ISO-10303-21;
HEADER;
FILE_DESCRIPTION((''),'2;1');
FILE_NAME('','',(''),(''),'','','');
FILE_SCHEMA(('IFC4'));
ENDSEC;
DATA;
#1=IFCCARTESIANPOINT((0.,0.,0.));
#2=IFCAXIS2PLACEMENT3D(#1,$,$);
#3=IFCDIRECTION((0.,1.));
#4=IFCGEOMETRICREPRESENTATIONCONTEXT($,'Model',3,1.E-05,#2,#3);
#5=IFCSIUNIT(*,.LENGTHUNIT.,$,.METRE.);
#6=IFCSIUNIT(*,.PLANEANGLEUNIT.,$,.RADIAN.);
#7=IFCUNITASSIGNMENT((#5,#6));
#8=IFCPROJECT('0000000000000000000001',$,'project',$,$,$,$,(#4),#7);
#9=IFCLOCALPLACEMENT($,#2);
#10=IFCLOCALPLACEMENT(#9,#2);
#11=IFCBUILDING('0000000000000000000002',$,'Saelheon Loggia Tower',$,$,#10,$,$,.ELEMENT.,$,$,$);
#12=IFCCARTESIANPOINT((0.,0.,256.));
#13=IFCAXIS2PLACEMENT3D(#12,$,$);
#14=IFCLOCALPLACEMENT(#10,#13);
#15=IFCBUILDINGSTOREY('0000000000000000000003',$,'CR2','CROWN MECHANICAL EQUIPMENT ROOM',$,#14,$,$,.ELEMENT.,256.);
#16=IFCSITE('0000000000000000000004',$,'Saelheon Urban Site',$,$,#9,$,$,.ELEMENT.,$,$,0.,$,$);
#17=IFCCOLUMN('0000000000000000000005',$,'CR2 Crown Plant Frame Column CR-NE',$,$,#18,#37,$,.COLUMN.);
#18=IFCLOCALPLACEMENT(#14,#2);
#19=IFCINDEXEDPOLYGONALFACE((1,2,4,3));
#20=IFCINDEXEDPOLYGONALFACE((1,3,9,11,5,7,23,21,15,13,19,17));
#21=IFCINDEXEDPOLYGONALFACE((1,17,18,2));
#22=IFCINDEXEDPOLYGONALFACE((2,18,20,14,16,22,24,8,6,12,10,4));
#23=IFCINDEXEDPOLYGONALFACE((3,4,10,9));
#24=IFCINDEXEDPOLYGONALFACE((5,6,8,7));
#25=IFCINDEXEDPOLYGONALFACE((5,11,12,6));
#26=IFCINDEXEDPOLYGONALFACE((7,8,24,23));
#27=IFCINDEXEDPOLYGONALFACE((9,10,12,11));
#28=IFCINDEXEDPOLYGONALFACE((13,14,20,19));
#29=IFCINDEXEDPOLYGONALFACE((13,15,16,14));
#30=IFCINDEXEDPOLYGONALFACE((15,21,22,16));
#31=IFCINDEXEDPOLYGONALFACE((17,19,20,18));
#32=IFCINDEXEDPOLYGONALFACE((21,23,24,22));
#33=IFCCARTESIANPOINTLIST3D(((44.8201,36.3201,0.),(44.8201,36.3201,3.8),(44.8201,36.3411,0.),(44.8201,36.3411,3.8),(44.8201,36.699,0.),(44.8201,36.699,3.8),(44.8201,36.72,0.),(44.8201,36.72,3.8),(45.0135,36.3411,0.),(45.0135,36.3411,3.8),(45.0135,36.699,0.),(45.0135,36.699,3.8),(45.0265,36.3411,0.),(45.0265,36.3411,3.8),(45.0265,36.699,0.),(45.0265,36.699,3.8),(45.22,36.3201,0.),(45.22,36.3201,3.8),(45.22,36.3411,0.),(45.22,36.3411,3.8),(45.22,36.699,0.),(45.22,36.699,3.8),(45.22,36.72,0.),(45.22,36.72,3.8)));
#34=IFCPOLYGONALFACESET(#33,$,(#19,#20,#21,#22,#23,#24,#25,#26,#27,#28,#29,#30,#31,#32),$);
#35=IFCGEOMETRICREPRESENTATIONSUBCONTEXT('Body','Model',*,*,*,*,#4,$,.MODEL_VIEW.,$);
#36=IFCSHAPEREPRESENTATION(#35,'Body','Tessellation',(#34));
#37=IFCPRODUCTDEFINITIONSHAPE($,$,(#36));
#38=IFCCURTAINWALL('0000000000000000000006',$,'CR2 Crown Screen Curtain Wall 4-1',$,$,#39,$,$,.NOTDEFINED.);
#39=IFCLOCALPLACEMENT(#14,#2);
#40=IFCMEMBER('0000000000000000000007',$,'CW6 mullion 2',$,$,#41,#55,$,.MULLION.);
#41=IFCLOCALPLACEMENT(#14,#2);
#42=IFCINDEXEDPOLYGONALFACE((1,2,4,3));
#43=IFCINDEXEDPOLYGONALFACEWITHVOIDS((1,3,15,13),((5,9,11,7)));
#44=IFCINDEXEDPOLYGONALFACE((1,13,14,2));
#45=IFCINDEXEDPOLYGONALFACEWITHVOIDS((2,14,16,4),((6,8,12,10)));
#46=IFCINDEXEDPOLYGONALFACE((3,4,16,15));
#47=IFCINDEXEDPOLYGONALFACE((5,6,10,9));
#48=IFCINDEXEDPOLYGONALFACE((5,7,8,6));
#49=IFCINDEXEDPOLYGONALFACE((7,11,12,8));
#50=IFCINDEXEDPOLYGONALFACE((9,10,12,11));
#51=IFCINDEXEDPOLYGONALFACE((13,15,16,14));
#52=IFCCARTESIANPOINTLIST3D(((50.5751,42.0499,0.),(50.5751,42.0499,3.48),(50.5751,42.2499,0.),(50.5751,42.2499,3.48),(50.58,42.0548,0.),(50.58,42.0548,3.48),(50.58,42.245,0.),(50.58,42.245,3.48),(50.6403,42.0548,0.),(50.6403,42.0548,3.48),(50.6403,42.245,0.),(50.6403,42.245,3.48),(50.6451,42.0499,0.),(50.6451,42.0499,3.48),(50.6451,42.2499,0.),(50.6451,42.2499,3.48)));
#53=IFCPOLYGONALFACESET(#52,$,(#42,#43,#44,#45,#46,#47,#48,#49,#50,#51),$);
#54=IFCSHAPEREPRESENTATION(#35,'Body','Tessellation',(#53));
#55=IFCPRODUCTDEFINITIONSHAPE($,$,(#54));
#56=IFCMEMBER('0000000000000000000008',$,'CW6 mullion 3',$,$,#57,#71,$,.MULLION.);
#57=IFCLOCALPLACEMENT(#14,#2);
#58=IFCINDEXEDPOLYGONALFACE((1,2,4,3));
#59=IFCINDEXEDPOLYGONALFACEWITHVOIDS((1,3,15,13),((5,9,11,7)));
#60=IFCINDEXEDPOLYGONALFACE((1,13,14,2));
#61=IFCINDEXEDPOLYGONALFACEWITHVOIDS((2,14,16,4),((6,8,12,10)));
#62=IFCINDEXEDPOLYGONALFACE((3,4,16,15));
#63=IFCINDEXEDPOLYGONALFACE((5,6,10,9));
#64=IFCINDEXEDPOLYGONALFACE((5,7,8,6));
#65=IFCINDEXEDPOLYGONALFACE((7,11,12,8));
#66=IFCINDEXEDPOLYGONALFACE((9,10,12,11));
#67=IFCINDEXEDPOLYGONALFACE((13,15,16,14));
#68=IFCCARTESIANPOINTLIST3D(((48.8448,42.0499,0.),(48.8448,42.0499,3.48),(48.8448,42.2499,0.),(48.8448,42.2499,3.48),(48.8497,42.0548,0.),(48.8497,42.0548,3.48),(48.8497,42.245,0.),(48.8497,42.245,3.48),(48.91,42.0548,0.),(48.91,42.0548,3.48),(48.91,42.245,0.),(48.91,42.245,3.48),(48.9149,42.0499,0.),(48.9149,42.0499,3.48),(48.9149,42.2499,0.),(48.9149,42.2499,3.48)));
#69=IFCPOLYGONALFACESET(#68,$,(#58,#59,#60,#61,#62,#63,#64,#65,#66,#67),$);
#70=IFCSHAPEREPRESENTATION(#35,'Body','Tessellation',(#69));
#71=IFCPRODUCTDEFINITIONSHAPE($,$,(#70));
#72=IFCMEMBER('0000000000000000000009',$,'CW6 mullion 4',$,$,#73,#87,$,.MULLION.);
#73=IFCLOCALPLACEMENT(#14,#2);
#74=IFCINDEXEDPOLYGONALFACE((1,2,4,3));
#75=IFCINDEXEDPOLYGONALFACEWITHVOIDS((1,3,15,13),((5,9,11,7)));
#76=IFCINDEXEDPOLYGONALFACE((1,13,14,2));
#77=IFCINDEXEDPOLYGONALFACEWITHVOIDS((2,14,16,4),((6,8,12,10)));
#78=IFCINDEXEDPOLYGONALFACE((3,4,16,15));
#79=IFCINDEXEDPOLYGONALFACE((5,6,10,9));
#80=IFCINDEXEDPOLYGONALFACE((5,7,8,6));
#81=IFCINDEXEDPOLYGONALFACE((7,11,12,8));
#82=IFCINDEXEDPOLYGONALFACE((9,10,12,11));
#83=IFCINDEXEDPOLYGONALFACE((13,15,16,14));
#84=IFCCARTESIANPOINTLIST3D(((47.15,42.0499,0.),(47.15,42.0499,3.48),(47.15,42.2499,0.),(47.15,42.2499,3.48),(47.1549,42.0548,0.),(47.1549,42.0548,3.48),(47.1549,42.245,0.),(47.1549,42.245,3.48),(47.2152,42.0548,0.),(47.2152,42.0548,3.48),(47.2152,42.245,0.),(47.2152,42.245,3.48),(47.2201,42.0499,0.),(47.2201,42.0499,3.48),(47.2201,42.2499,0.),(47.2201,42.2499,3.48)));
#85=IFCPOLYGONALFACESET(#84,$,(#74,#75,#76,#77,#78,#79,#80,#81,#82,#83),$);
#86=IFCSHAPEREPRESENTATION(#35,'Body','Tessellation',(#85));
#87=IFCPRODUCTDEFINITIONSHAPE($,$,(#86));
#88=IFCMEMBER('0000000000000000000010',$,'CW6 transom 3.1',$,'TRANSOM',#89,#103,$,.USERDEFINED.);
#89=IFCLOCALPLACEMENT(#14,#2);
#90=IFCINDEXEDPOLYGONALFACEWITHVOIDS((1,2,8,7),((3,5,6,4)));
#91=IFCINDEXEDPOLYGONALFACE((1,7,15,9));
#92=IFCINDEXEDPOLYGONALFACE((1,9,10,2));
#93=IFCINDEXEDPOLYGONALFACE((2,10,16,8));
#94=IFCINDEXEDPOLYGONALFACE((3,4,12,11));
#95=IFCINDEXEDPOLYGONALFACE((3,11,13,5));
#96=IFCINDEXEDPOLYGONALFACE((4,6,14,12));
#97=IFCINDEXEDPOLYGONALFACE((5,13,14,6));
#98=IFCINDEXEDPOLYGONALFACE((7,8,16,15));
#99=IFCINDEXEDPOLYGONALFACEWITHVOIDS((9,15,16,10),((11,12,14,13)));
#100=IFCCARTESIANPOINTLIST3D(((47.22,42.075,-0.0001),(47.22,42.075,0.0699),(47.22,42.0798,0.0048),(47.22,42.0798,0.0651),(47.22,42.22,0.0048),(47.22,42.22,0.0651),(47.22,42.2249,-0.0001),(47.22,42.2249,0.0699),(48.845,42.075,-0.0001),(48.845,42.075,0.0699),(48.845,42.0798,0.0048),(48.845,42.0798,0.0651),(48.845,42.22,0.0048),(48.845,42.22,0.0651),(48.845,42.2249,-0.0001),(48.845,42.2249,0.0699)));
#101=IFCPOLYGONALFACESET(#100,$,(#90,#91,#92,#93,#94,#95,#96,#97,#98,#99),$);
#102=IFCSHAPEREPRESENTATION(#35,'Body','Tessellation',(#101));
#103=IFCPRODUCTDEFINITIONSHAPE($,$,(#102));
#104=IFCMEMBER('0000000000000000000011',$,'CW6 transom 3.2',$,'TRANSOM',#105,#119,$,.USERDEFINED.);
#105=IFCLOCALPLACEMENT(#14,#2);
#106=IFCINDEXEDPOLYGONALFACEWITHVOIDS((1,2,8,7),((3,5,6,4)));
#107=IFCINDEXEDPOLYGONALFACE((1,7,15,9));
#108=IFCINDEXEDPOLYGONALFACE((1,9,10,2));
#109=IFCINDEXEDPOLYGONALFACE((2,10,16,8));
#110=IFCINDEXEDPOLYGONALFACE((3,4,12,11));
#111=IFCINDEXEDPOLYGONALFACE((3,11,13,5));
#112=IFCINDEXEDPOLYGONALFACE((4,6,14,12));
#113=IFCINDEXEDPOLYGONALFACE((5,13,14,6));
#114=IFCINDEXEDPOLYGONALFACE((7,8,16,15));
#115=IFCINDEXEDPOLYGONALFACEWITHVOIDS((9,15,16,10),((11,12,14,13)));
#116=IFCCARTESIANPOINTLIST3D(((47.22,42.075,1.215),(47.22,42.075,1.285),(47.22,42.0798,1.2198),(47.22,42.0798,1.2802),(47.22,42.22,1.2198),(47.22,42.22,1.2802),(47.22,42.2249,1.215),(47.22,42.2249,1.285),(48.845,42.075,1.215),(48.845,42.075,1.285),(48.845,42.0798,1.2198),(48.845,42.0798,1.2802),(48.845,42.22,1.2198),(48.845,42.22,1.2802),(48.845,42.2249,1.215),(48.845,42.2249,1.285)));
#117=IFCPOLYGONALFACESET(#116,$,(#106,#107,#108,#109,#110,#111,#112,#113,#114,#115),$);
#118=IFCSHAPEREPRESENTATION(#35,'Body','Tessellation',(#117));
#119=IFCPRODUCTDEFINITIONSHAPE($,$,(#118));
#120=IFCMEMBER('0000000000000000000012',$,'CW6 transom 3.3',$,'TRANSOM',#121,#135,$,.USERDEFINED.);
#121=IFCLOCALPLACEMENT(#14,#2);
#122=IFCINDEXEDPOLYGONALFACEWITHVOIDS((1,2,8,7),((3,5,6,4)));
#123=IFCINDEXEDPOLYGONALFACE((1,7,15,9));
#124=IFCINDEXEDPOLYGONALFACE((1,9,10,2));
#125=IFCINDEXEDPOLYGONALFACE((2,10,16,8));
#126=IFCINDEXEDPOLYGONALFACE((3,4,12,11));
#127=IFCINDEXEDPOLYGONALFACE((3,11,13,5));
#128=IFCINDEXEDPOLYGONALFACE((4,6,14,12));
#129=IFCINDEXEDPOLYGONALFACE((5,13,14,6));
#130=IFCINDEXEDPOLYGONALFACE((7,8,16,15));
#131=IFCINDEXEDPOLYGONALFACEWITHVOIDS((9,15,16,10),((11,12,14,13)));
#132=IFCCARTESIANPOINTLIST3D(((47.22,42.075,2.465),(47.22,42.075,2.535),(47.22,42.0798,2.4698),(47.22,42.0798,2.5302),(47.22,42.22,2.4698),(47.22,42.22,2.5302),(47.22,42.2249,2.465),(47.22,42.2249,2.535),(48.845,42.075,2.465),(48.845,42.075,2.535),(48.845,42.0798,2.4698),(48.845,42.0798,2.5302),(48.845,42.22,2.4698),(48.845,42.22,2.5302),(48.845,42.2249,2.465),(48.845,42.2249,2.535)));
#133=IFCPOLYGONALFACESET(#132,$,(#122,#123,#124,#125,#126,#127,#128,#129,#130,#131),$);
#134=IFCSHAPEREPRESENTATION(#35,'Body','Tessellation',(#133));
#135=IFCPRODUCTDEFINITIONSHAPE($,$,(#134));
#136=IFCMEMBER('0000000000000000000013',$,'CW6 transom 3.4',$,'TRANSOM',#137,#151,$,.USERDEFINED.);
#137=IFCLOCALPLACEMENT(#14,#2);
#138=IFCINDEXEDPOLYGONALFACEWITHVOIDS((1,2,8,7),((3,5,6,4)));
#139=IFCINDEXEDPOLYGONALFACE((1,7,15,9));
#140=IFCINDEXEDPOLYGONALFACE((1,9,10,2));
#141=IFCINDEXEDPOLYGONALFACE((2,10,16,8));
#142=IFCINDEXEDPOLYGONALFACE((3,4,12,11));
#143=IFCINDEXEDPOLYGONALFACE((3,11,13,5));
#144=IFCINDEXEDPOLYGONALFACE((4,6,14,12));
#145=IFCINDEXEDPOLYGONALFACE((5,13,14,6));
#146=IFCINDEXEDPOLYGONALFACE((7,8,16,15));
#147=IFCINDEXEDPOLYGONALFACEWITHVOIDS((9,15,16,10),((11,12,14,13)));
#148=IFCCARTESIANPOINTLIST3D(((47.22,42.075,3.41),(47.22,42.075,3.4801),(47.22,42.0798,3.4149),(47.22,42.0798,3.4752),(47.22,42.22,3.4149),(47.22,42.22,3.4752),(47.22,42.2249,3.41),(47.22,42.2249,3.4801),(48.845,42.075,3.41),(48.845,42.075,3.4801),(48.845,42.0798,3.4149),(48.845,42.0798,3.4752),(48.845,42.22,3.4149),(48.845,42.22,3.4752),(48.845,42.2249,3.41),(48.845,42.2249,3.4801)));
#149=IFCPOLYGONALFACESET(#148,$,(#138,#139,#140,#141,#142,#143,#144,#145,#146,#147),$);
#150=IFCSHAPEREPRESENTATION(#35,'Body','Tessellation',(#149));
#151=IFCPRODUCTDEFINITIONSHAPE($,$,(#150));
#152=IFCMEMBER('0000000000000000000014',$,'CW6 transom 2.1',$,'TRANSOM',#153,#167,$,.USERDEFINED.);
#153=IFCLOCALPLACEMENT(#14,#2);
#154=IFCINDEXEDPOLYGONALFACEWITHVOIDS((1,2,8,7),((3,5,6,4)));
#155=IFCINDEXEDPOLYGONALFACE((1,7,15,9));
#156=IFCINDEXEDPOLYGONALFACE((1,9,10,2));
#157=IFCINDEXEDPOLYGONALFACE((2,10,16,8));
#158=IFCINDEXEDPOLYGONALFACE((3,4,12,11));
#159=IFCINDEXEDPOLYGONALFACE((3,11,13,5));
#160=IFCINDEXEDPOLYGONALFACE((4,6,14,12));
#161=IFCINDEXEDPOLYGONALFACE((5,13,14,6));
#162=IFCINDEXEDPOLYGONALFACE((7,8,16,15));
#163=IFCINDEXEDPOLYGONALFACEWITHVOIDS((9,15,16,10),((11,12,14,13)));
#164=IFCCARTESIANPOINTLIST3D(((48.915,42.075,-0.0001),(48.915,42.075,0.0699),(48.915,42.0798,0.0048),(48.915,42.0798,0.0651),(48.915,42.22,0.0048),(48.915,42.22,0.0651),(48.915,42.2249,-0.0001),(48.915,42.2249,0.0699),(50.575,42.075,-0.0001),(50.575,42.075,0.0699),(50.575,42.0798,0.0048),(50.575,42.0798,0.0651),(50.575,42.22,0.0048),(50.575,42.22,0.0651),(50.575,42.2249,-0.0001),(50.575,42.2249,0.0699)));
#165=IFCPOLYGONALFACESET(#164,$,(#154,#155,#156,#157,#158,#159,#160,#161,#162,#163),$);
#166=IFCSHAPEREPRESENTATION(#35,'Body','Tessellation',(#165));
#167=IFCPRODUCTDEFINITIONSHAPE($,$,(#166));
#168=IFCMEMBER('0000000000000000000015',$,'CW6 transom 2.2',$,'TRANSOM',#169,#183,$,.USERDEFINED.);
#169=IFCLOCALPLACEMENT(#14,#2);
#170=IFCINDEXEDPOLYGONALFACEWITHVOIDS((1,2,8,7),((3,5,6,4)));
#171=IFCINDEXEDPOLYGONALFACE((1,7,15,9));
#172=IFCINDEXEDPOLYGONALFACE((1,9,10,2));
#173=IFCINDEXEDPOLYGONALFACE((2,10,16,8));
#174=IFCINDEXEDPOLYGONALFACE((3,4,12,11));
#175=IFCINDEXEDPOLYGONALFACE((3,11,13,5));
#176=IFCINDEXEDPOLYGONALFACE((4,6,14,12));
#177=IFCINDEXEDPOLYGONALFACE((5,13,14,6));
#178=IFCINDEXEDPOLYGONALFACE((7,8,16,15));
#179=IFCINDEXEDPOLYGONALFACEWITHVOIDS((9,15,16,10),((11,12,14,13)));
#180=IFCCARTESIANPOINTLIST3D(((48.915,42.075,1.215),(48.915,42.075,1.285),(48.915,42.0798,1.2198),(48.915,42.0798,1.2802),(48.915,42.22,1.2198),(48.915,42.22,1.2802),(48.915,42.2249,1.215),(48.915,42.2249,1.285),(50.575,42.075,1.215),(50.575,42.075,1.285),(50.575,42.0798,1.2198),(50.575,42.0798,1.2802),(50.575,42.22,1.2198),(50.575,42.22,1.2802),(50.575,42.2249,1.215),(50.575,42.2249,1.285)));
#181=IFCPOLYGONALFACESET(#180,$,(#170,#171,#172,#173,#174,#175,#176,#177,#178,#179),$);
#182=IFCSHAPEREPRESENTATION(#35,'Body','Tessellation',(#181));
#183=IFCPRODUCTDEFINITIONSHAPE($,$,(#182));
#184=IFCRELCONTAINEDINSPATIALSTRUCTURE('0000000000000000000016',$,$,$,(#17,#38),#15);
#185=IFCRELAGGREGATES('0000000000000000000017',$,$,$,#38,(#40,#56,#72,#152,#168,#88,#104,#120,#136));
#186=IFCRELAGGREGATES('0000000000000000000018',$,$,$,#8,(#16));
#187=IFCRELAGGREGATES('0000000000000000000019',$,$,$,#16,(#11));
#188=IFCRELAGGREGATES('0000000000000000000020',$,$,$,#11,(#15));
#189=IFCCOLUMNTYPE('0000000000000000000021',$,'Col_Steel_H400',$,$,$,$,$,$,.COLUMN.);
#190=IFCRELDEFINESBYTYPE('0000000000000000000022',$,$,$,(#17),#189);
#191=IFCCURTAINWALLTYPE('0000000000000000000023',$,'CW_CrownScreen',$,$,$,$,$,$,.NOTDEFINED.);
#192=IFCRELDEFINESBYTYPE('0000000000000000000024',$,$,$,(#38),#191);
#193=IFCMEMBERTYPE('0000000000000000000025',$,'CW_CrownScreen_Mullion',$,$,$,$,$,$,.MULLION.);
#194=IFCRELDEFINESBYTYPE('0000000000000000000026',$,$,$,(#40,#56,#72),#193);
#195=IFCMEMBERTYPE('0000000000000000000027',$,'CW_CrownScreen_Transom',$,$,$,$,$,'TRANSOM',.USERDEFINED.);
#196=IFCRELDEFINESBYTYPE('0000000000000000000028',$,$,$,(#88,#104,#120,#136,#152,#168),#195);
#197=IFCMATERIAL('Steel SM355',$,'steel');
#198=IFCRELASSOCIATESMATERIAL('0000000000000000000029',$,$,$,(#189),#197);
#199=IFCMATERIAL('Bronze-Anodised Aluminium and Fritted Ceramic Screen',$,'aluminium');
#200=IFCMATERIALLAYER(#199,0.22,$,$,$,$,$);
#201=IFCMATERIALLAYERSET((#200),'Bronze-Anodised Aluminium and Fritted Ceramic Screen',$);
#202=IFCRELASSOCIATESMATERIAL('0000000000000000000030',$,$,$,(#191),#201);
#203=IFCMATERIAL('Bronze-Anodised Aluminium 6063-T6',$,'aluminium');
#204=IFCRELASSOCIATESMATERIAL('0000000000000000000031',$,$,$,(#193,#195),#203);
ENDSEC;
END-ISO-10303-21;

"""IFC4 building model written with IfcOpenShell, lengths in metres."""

from ifc_helpers import new_model, si_unit, direction, frame, origin, origin_2d, place, context, subcontext, project, spatial, hollow_rectangle, i_section, extrude, source, transform, mapped, material, layer, layer_set, material_profile, profile_set, type_object, element, aggregate, save


model = new_model("IFC4")

# Units and contexts
model_context = context("Model", 3, precision=1e-05, world=origin(), true_north=direction((0.0, 1.0)))
body_context = subcontext(model_context, "Body", "Model", "MODEL_VIEW")
ifc_project = project(units=[si_unit("LENGTHUNIT", "METRE"), si_unit("PLANEANGLEUNIT", "RADIAN")], contexts=[model_context])

# Site, building, storey
site_placement = place(None, origin())
site = spatial("IfcSite", under=ifc_project, at=site_placement, Name="Saelheon Urban Site", CompositionType="ELEMENT", RefElevation=0.0)
building_placement = place(site_placement, origin())
building = spatial("IfcBuilding", under=site, at=building_placement, Name="Saelheon Loggia Tower", CompositionType="ELEMENT")
storey_placement = place(building_placement, frame((0.0, 0.0, 256.0)))
storey = spatial("IfcBuildingStorey", under=building, at=storey_placement, Name="CR2", Description="CROWN MECHANICAL EQUIPMENT ROOM", CompositionType="ELEMENT", Elevation=256.0)

# Column
ifc_material_1 = material(Name="Steel SM355", Category="steel")
ifc_material_profile_1 = material_profile(ifc_material_1, i_section(OverallWidth=0.3999, OverallDepth=0.3999, WebThickness=0.0129, FlangeThickness=0.021, at=origin_2d()), Name="H-400x400x13x21")
ifc_profile_set_1 = profile_set([ifc_material_profile_1], Name="Steel SM355")
column_type = type_object("IfcColumnType", Name="Col_Steel_H400", PredefinedType="COLUMN", material=ifc_profile_set_1)
shared_shape_1 = source(origin(), body_context, "Body", "SweptSolid", [
    extrude(i_section(OverallWidth=0.3999, OverallDepth=0.3999, WebThickness=0.0129, FlangeThickness=0.021, at=origin_2d()), origin(), (0.0, 0.0, 1.0), 3.8),
])
column_placement = place(storey_placement, frame((45.02, 36.52, 0.0), z_axis=(0.0, 0.0, 1.0), x_axis=(1.0, 0.0, 0.0)))
element("IfcColumn", 1, at=column_placement, inside=storey, type_object=column_type, Name="CR2 Crown Plant Frame Column CR-NE", PredefinedType="COLUMN", context=body_context, shape_type="MappedRepresentation", body=[
    mapped(shared_shape_1, transform((0.0, 0.0, 0.0), scale=1.0)),
])

# Curtain wall, members
ifc_material_2 = material(Name="Bronze-Anodised Aluminium and Fritted Ceramic Screen", Category="aluminium")
ifc_layer_1 = layer(ifc_material_2, 0.22)
ifc_layer_set_1 = layer_set([ifc_layer_1], Name="Bronze-Anodised Aluminium and Fritted Ceramic Screen")
curtain_wall_type = type_object("IfcCurtainWallType", Name="CW_CrownScreen", PredefinedType="NOTDEFINED", material=ifc_layer_set_1)
curtain_wall_placement = place(storey_placement, origin())
curtain_wall = element("IfcCurtainWall", 2, at=curtain_wall_placement, inside=storey, type_object=curtain_wall_type, Name="CR2 Crown Screen Curtain Wall 4-1", PredefinedType="NOTDEFINED")
ifc_material_3 = material(Name="Bronze-Anodised Aluminium 6063-T6", Category="aluminium")
ifc_material_profile_2 = material_profile(ifc_material_3, hollow_rectangle(XDim=0.0701, YDim=0.2, WallThickness=0.0049, at=origin_2d()), Name="RHS-200x70x5")
ifc_profile_set_2 = profile_set([ifc_material_profile_2], Name="Bronze-Anodised Aluminium 6063-T6")
member_type_1 = type_object("IfcMemberType", Name="CW_CrownScreen_Mullion", PredefinedType="MULLION", material=ifc_profile_set_2)
shared_shape_2 = source(origin(), body_context, "Body", "SweptSolid", [
    extrude(hollow_rectangle(XDim=0.0701, YDim=0.2, WallThickness=0.0049, at=origin_2d()), origin(), (0.0, 0.0, 1.0), 3.48),
])
member_1_placement = place(storey_placement, frame((50.6101, 42.1499, 0.0), z_axis=(0.0, 0.0, 1.0), x_axis=(-1.0, 0.0, 0.0)))
member_1 = element("IfcMember", 3, at=member_1_placement, type_object=member_type_1, Name="CW6 mullion 2", PredefinedType="MULLION", context=body_context, shape_type="MappedRepresentation", body=[
    mapped(shared_shape_2, transform((0.0, 0.0, 0.0), scale=1.0)),
])
member_2_placement = place(storey_placement, frame((48.8799, 42.1499, 0.0), z_axis=(0.0, 0.0, 1.0), x_axis=(-1.0, 0.0, 0.0)))
member_2 = element("IfcMember", 4, at=member_2_placement, type_object=member_type_1, Name="CW6 mullion 3", PredefinedType="MULLION", context=body_context, shape_type="MappedRepresentation", body=[
    mapped(shared_shape_2, transform((0.0, 0.0, 0.0), scale=1.0)),
])
member_3_placement = place(storey_placement, frame((47.1851, 42.1499, 0.0), z_axis=(0.0, 0.0, 1.0), x_axis=(-1.0, 0.0, 0.0)))
member_3 = element("IfcMember", 5, at=member_3_placement, type_object=member_type_1, Name="CW6 mullion 4", PredefinedType="MULLION", context=body_context, shape_type="MappedRepresentation", body=[
    mapped(shared_shape_2, transform((0.0, 0.0, 0.0), scale=1.0)),
])
ifc_material_profile_3 = material_profile(ifc_material_3, hollow_rectangle(XDim=0.0701, YDim=0.1499, WallThickness=0.0049, at=origin_2d()), Name="RHS-150x70x5")
ifc_profile_set_3 = profile_set([ifc_material_profile_3], Name="Bronze-Anodised Aluminium 6063-T6")
member_type_2 = type_object("IfcMemberType", Name="CW_CrownScreen_Transom", ElementType="TRANSOM", PredefinedType="USERDEFINED", material=ifc_profile_set_3)
shared_shape_3 = source(origin(), body_context, "Body", "SweptSolid", [
    extrude(hollow_rectangle(XDim=0.0701, YDim=0.1499, WallThickness=0.0049, at=origin_2d()), origin(), (0.0, 0.0, 1.0), 1.625),
])
member_4_placement = place(storey_placement, frame((48.845, 42.1499, 0.0349), z_axis=(-1.0, 0.0, 0.0), x_axis=(0.0, 0.0, 1.0)))
member_4 = element("IfcMember", 6, at=member_4_placement, type_object=member_type_2, Name="CW6 transom 3.1", ObjectType="TRANSOM", PredefinedType="USERDEFINED", context=body_context, shape_type="MappedRepresentation", body=[
    mapped(shared_shape_3, transform((0.0, 0.0, 0.0), scale=1.0)),
])
member_5_placement = place(storey_placement, frame((48.845, 42.1499, 1.25), z_axis=(-1.0, 0.0, 0.0), x_axis=(0.0, 0.0, 1.0)))
member_5 = element("IfcMember", 7, at=member_5_placement, type_object=member_type_2, Name="CW6 transom 3.2", ObjectType="TRANSOM", PredefinedType="USERDEFINED", context=body_context, shape_type="MappedRepresentation", body=[
    mapped(shared_shape_3, transform((0.0, 0.0, 0.0), scale=1.0)),
])
member_6_placement = place(storey_placement, frame((48.845, 42.1499, 2.5), z_axis=(-1.0, 0.0, 0.0), x_axis=(0.0, 0.0, 1.0)))
member_6 = element("IfcMember", 8, at=member_6_placement, type_object=member_type_2, Name="CW6 transom 3.3", ObjectType="TRANSOM", PredefinedType="USERDEFINED", context=body_context, shape_type="MappedRepresentation", body=[
    mapped(shared_shape_3, transform((0.0, 0.0, 0.0), scale=1.0)),
])
member_7_placement = place(storey_placement, frame((48.845, 42.1499, 3.4451), z_axis=(-1.0, 0.0, 0.0), x_axis=(0.0, 0.0, 1.0)))
member_7 = element("IfcMember", 9, at=member_7_placement, type_object=member_type_2, Name="CW6 transom 3.4", ObjectType="TRANSOM", PredefinedType="USERDEFINED", context=body_context, shape_type="MappedRepresentation", body=[
    mapped(shared_shape_3, transform((0.0, 0.0, 0.0), scale=1.0)),
])
shared_shape_4 = source(origin(), body_context, "Body", "SweptSolid", [
    extrude(hollow_rectangle(XDim=0.0701, YDim=0.1499, WallThickness=0.0049, at=origin_2d()), origin(), (0.0, 0.0, 1.0), 1.6599),
])
member_8_placement = place(storey_placement, frame((50.575, 42.1499, 0.0349), z_axis=(-1.0, 0.0, 0.0), x_axis=(0.0, 0.0, 1.0)))
member_8 = element("IfcMember", 10, at=member_8_placement, type_object=member_type_2, Name="CW6 transom 2.1", ObjectType="TRANSOM", PredefinedType="USERDEFINED", context=body_context, shape_type="MappedRepresentation", body=[
    mapped(shared_shape_4, transform((0.0, 0.0, 0.0), scale=1.0)),
])
member_9_placement = place(storey_placement, frame((50.575, 42.1499, 1.25), z_axis=(-1.0, 0.0, 0.0), x_axis=(0.0, 0.0, 1.0)))
member_9 = element("IfcMember", 11, at=member_9_placement, type_object=member_type_2, Name="CW6 transom 2.2", ObjectType="TRANSOM", PredefinedType="USERDEFINED", context=body_context, shape_type="MappedRepresentation", body=[
    mapped(shared_shape_4, transform((0.0, 0.0, 0.0), scale=1.0)),
])
aggregate(curtain_wall, [member_1, member_2, member_3, member_8, member_9, member_4, member_5, member_6, member_7])

save(model, "model.ifc")
